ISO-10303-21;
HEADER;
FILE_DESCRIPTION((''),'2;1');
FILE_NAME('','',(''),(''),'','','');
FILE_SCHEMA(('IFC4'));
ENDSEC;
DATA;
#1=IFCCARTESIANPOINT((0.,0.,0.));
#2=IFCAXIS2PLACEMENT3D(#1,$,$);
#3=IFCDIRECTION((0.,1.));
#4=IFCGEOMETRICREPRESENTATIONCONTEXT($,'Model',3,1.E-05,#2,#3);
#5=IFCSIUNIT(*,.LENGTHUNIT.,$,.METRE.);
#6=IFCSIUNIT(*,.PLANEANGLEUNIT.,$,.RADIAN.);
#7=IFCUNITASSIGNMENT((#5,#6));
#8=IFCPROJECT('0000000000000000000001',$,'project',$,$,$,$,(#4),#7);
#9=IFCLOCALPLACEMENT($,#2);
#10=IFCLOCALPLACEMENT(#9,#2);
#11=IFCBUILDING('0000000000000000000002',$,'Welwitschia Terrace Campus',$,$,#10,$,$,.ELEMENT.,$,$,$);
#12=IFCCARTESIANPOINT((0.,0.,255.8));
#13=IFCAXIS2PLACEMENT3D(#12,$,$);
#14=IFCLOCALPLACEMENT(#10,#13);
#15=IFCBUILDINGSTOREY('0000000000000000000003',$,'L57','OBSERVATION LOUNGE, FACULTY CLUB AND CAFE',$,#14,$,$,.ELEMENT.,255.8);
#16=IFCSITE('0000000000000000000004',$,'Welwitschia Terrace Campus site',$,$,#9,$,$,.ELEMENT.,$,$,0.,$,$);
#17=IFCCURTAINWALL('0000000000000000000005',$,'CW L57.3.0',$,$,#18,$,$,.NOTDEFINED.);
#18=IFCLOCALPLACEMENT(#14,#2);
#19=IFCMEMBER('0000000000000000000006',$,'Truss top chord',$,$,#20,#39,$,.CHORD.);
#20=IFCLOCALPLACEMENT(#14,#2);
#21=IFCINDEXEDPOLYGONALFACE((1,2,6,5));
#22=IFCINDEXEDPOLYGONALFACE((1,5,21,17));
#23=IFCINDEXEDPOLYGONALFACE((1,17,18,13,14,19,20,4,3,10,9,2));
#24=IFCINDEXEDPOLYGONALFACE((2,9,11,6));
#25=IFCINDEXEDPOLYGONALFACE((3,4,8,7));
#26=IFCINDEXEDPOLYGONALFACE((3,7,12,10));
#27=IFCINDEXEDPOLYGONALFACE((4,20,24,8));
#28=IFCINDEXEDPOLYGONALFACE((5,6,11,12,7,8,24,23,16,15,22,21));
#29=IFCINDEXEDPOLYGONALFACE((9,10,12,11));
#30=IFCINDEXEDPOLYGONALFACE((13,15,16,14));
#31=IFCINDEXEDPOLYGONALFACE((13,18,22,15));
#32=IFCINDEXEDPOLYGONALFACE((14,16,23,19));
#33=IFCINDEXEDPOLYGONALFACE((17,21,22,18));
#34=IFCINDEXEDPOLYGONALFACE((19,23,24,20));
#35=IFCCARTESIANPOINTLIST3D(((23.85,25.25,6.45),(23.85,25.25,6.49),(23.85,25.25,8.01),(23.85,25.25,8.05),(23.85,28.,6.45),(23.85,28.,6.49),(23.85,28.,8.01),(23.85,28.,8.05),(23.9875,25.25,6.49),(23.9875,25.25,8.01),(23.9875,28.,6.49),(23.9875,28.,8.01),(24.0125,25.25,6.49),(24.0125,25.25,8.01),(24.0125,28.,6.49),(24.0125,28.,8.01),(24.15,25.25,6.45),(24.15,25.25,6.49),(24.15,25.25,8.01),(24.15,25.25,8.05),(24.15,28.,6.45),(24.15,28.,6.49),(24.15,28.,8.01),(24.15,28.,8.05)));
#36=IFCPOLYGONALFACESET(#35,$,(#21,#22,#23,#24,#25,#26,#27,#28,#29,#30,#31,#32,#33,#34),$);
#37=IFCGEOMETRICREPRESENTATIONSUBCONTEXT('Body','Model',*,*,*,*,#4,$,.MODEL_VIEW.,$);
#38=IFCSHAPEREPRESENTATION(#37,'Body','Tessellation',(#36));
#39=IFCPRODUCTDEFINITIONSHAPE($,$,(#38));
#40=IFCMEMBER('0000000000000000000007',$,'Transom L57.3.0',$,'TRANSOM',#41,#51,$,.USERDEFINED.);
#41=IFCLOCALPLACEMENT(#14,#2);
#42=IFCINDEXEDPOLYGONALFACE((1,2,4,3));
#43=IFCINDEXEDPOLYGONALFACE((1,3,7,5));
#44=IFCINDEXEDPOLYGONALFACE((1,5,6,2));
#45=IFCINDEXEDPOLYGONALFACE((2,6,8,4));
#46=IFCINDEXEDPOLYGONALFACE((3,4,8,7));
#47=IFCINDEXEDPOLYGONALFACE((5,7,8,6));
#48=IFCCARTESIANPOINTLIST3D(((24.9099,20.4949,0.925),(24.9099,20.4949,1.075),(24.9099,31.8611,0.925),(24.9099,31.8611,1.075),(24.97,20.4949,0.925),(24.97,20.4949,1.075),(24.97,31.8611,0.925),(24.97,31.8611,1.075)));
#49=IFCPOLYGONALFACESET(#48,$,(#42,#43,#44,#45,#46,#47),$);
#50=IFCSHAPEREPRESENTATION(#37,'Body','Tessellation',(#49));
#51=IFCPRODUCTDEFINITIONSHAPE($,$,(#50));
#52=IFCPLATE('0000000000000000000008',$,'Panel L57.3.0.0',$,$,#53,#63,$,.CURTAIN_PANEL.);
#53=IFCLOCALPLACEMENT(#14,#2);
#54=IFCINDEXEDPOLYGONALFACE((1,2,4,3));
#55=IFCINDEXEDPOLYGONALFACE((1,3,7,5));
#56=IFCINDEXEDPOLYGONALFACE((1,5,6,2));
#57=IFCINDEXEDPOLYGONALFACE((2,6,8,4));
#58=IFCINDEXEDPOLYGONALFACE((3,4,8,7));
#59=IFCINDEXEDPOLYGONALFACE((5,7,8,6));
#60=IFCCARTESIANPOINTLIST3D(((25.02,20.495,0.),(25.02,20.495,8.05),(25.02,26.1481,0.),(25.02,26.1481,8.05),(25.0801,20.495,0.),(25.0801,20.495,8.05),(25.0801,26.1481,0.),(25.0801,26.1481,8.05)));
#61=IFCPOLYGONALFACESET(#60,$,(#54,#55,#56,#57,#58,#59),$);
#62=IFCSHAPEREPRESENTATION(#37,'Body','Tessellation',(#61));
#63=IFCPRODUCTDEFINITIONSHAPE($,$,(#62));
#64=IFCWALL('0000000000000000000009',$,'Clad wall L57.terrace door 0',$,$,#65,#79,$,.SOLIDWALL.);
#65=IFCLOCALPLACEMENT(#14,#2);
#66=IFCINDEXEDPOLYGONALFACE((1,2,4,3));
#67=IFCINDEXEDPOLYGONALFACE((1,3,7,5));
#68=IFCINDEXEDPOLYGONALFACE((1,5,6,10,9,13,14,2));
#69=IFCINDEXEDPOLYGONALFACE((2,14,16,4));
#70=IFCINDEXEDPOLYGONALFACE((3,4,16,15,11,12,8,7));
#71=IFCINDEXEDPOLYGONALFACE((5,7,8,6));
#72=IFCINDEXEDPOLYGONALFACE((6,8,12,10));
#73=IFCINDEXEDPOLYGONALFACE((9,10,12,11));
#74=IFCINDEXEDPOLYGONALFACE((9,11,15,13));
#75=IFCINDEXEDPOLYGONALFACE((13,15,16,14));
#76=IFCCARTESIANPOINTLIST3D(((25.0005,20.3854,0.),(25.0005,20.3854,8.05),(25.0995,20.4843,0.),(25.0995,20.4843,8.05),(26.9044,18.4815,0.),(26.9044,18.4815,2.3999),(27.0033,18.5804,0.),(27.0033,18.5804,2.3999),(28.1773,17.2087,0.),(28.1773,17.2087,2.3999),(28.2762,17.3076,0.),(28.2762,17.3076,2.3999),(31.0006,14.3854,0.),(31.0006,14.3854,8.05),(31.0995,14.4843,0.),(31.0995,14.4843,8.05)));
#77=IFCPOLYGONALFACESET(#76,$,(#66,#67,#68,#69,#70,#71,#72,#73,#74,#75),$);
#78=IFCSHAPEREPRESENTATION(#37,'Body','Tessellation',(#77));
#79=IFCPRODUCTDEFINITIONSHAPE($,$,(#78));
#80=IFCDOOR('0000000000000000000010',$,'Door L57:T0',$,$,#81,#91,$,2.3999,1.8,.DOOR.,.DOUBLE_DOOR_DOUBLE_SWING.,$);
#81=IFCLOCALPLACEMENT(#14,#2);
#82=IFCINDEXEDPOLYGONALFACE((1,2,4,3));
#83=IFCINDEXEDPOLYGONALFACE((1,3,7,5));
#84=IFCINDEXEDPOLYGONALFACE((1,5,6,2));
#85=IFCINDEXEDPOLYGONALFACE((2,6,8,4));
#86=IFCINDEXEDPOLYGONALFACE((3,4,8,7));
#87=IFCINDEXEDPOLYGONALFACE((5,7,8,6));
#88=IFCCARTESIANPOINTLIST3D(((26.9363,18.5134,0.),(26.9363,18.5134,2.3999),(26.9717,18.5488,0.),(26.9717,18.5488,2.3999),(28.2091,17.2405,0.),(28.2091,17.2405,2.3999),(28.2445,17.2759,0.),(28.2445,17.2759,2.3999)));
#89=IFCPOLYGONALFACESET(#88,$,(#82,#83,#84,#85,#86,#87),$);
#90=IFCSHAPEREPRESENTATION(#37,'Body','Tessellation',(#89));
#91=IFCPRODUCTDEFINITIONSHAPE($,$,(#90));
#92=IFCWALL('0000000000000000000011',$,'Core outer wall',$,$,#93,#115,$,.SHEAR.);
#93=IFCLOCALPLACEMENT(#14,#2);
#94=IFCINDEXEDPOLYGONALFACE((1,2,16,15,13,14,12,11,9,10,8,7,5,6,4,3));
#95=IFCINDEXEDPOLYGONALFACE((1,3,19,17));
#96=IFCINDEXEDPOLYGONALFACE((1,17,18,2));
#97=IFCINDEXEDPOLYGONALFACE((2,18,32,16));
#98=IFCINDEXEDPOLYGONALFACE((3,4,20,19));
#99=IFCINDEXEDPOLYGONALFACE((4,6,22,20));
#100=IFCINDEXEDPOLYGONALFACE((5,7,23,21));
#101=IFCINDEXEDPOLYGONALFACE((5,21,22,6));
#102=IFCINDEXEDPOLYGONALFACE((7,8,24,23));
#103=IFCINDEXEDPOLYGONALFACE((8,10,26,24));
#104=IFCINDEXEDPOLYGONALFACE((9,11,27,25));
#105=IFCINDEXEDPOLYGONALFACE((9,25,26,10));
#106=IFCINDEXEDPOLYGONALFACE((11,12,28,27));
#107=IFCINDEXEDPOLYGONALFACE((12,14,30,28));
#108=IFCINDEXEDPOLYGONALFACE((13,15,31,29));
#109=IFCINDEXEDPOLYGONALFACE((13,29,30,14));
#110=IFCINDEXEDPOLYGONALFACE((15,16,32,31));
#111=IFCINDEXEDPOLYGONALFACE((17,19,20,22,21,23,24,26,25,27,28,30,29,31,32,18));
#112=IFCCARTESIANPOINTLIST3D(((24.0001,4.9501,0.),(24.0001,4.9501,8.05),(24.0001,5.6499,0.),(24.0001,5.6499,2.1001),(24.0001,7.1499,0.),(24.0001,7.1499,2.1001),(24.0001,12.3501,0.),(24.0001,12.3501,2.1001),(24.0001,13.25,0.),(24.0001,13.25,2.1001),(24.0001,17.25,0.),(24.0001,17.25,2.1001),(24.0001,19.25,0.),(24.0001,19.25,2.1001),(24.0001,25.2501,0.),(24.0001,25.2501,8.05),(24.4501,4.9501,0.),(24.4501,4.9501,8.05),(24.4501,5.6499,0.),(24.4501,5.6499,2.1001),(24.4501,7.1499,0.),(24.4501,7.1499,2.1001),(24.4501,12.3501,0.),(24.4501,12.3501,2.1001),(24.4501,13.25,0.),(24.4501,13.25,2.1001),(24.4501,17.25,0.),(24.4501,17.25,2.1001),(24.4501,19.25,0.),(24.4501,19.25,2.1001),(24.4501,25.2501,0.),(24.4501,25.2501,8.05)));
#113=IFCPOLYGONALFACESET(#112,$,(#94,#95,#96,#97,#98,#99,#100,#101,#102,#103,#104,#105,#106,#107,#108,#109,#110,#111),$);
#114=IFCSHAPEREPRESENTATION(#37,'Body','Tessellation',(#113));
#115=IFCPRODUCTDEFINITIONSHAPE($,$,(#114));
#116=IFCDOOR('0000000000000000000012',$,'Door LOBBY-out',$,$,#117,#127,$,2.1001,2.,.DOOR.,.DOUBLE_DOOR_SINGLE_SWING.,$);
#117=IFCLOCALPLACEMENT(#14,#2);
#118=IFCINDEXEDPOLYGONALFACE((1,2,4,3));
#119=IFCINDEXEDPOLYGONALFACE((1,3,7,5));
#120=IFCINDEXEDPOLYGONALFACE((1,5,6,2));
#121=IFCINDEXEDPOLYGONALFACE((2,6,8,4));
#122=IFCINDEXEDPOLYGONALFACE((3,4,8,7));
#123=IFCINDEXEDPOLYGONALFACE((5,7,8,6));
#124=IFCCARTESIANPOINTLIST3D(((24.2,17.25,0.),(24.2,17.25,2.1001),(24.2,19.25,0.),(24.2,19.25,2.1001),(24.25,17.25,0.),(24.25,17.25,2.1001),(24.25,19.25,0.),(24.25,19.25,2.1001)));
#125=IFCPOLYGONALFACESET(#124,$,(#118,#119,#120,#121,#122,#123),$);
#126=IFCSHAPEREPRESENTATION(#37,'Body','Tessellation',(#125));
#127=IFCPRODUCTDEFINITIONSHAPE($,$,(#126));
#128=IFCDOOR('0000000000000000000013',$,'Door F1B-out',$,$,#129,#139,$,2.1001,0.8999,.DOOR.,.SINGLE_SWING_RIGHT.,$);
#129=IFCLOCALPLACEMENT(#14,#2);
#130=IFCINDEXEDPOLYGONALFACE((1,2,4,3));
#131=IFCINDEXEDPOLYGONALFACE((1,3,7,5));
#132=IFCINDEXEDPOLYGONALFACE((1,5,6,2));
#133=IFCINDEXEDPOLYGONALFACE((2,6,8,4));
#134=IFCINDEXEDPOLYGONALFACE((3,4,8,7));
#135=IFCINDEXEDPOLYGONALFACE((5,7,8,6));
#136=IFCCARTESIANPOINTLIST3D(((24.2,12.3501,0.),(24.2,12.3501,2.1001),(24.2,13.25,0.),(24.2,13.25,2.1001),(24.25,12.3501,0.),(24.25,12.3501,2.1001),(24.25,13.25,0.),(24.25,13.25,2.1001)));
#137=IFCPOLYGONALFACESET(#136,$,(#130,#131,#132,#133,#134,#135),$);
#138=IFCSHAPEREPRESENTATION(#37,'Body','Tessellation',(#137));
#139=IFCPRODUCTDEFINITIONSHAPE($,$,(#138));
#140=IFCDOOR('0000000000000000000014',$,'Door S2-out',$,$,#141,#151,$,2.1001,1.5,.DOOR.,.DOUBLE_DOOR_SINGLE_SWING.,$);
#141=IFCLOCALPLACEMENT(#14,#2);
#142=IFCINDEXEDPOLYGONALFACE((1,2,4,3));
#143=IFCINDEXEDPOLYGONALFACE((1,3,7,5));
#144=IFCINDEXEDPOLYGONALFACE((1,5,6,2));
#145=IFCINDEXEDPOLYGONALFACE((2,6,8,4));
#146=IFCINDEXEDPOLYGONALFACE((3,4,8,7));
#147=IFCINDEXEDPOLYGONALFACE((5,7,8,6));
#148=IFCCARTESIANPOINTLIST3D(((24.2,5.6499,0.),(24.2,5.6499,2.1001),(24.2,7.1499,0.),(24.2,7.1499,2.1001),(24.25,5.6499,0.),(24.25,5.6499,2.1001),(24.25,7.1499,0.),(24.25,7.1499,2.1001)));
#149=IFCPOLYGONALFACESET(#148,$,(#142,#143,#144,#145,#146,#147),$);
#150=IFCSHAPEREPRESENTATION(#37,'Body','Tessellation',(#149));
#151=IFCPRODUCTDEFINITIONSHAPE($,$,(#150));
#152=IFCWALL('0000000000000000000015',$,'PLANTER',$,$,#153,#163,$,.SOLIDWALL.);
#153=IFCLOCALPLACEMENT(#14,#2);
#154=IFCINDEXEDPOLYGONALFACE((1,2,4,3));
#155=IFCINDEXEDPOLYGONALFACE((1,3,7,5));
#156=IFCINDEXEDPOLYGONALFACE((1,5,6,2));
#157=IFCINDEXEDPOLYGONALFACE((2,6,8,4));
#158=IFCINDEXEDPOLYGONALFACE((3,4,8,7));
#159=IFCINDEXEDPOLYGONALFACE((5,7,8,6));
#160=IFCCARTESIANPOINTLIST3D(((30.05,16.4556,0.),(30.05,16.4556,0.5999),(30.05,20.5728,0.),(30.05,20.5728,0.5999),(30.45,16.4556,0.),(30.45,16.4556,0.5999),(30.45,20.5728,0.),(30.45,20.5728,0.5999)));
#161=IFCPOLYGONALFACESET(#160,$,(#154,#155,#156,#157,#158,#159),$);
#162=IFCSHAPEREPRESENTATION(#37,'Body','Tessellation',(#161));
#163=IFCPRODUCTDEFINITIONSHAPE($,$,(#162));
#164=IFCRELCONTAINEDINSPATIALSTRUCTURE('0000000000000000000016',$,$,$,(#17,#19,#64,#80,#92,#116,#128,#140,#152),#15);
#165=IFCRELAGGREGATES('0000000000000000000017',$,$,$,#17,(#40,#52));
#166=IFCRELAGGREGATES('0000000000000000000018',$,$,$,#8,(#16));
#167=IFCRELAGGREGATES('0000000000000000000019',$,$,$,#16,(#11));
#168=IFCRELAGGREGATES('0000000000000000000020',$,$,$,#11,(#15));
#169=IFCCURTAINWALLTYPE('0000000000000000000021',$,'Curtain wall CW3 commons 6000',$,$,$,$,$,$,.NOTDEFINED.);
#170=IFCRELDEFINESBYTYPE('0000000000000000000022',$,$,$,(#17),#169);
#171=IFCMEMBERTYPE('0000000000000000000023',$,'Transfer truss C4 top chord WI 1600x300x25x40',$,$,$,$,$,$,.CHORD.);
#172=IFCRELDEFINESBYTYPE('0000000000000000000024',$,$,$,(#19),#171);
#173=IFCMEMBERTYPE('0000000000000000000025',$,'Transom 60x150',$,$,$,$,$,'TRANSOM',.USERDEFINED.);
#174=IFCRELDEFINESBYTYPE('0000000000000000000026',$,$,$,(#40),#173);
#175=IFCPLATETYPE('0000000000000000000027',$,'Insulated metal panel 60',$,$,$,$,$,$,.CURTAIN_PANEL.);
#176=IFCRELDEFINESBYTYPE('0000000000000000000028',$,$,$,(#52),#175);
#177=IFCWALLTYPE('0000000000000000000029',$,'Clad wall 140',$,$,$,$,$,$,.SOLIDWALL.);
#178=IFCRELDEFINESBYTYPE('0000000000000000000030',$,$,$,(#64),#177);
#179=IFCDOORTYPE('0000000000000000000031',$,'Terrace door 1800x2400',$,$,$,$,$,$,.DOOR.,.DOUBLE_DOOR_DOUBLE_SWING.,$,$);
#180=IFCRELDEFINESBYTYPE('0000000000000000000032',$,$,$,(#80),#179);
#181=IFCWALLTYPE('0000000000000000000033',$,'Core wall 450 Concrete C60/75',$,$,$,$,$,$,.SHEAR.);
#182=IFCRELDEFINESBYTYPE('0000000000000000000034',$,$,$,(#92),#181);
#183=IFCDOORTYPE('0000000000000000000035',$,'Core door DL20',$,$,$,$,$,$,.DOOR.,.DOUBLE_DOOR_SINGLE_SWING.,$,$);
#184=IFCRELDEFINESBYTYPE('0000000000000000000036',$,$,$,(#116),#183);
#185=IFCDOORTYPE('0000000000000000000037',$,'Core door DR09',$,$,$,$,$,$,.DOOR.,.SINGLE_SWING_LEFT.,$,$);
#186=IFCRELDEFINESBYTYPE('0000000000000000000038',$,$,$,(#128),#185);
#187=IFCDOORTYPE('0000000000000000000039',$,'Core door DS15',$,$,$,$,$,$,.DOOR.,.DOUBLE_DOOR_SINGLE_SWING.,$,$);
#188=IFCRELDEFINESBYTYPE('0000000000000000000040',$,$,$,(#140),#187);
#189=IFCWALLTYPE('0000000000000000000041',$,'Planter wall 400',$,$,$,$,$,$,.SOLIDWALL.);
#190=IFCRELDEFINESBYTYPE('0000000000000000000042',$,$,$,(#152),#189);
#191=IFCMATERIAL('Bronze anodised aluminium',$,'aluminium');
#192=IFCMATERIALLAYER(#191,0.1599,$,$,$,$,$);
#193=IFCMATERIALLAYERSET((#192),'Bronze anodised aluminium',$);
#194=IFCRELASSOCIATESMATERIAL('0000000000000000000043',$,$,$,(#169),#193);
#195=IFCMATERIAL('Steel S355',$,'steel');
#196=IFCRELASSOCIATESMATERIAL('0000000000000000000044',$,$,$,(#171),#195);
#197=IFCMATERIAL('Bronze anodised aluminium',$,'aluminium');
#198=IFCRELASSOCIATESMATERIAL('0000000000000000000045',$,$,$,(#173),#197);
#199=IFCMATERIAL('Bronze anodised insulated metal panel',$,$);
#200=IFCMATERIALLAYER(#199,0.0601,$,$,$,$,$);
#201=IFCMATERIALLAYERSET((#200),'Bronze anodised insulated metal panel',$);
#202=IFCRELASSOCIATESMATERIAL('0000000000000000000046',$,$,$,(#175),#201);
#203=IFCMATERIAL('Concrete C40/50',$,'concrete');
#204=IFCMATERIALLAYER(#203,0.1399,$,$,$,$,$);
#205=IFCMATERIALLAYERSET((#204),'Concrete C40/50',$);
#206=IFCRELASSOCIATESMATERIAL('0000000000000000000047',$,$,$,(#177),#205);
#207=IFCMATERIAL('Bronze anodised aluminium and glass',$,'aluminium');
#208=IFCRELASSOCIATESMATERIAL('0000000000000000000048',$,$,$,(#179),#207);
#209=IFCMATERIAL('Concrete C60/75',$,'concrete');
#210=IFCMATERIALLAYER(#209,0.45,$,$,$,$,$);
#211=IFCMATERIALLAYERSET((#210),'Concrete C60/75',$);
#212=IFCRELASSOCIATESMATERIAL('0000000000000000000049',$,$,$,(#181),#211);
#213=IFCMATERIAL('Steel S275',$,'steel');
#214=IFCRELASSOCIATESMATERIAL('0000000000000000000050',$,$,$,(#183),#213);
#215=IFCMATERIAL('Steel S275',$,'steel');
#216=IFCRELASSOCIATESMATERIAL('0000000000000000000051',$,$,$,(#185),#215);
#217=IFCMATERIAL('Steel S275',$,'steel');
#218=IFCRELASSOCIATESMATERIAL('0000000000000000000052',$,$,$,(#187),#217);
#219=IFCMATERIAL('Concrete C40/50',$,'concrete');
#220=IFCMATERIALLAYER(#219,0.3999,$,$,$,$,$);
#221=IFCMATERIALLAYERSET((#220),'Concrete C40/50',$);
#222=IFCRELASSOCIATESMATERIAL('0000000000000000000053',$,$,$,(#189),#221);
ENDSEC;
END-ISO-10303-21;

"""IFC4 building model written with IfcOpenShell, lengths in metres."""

from ifc_helpers import new_model, si_unit, direction, frame, frame_2d, origin, origin_2d, place, context, subcontext, project, spatial, rectangle, i_section, extrude, material, layer, layer_set, material_profile, profile_set, type_object, element, fill, aggregate, save


model = new_model("IFC4")

# Units and contexts
model_context = context("Model", 3, precision=1e-05, world=origin(), true_north=direction((0.0, 1.0)))
body_context = subcontext(model_context, "Body", "Model", "MODEL_VIEW")
ifc_project = project(units=[si_unit("LENGTHUNIT", "METRE"), si_unit("PLANEANGLEUNIT", "RADIAN")], contexts=[model_context])

# Site, building, storey
site_placement = place(None, origin())
site = spatial("IfcSite", under=ifc_project, at=site_placement, Name="Welwitschia Terrace Campus site", CompositionType="ELEMENT", RefElevation=0.0)
building_placement = place(site_placement, origin())
building = spatial("IfcBuilding", under=site, at=building_placement, Name="Welwitschia Terrace Campus", CompositionType="ELEMENT")
storey_placement = place(building_placement, frame((0.0, 0.0, 255.8)))
storey = spatial("IfcBuildingStorey", under=building, at=storey_placement, Name="L57", Description="OBSERVATION LOUNGE, FACULTY CLUB AND CAFE", CompositionType="ELEMENT", Elevation=255.8)

# Shared definitions
ifc_material_1 = material(Name="Bronze anodised aluminium", Category="aluminium")
ifc_layer_1 = layer(ifc_material_1, 0.1599)
ifc_layer_set_1 = layer_set([ifc_layer_1], Name="Bronze anodised aluminium")
curtain_wall_type = type_object("IfcCurtainWallType", Name="Curtain wall CW3 commons 6000", PredefinedType="NOTDEFINED", material=ifc_layer_set_1)

# Curtain wall
curtain_wall_1_placement = place(storey_placement, origin())
curtain_wall_1 = element("IfcCurtainWall", 1, at=curtain_wall_1_placement, inside=storey, type_object=curtain_wall_type, Name="CW L57.3.0", PredefinedType="NOTDEFINED")

# Member
ifc_material_2 = material(Name="Steel S355", Category="steel")
ifc_material_profile_1 = material_profile(ifc_material_2, i_section(OverallWidth=0.3, OverallDepth=1.6001, WebThickness=0.0249, FlangeThickness=0.04, at=origin_2d()))
ifc_profile_set_1 = profile_set([ifc_material_profile_1], Name="Steel S355")
member_type_1 = type_object("IfcMemberType", Name="Transfer truss C4 top chord WI 1600x300x25x40", PredefinedType="CHORD", material=ifc_profile_set_1)
member_1_placement = place(storey_placement, frame((24.0, 25.25, 7.25), z_axis=(0.0, 1.0, 0.0), x_axis=(-1.0, 0.0, 0.0)))
element("IfcMember", 2, at=member_1_placement, inside=storey, type_object=member_type_1, Name="Truss top chord", PredefinedType="CHORD", context=body_context, shape_type="SweptSolid", body=[
    extrude(i_section(OverallWidth=0.3, OverallDepth=1.6001, WebThickness=0.0249, FlangeThickness=0.04, at=origin_2d()), origin(), (0.0, 0.0, 1.0), 2.75),
])

# Member
ifc_material_3 = material(Name="Bronze anodised aluminium", Category="aluminium")
ifc_material_profile_2 = material_profile(ifc_material_3, rectangle(XDim=0.0601, YDim=0.1499, at=origin_2d()))
ifc_profile_set_2 = profile_set([ifc_material_profile_2], Name="Bronze anodised aluminium")
member_type_2 = type_object("IfcMemberType", Name="Transom 60x150", ElementType="TRANSOM", PredefinedType="USERDEFINED", material=ifc_profile_set_2)
member_2_placement = place(storey_placement, frame((24.9399, 20.4949, 1.0), z_axis=(0.0, 1.0, 0.0), x_axis=(-1.0, 0.0, 0.0)))
member_2 = element("IfcMember", 3, at=member_2_placement, type_object=member_type_2, Name="Transom L57.3.0", ObjectType="TRANSOM", PredefinedType="USERDEFINED", context=body_context, shape_type="SweptSolid", body=[
    extrude(rectangle(XDim=0.0601, YDim=0.1499, at=origin_2d()), origin(), (0.0, 0.0, 1.0), 11.3662),
])

# Plate
ifc_material_4 = material(Name="Bronze anodised insulated metal panel")
ifc_layer_2 = layer(ifc_material_4, 0.0601)
ifc_layer_set_2 = layer_set([ifc_layer_2], Name="Bronze anodised insulated metal panel")
plate_type = type_object("IfcPlateType", Name="Insulated metal panel 60", PredefinedType="CURTAIN_PANEL", material=ifc_layer_set_2)
plate_placement = place(storey_placement, frame((25.05, 23.3215, 0.0), z_axis=(0.0, 0.0, 1.0), x_axis=(0.0, 1.0, 0.0)))
plate = element("IfcPlate", 4, at=plate_placement, type_object=plate_type, Name="Panel L57.3.0.0", PredefinedType="CURTAIN_PANEL", context=body_context, shape_type="SweptSolid", body=[
    extrude(rectangle(XDim=5.6531, YDim=0.0601, at=origin_2d()), origin(), (0.0, 0.0, 1.0), 8.05),
])
aggregate(curtain_wall_1, [member_2, plate])

# Wall, opening, door
ifc_material_5 = material(Name="Concrete C40/50", Category="concrete")
ifc_layer_3 = layer(ifc_material_5, 0.1399)
ifc_layer_set_3 = layer_set([ifc_layer_3], Name="Concrete C40/50")
wall_type_1 = type_object("IfcWallType", Name="Clad wall 140", PredefinedType="SOLIDWALL", material=ifc_layer_set_3)
wall_1_placement = place(storey_placement, frame((31.05, 14.4348, 0.0), z_axis=(0.0, 0.0, 1.0), x_axis=(-0.707107, 0.707107, 0.0)))
wall_1 = element("IfcWall", 5, at=wall_1_placement, inside=storey, type_object=wall_type_1, Name="Clad wall L57.terrace door 0", PredefinedType="SOLIDWALL", context=body_context, shape_type="SweptSolid", body=[
    extrude(rectangle(XDim=8.4854, YDim=0.1399, at=frame_2d((4.2427, 0.0))), origin(), (0.0, 0.0, 1.0), 8.05),
])
opening_1_placement = place(wall_1_placement, frame((3.9929, 0.0, 0.0)))
opening_1 = element("IfcOpeningElement", 6, at=opening_1_placement, cuts=wall_1, PredefinedType="OPENING", context=body_context, shape_type="SweptSolid", body=[
    extrude(rectangle(XDim=1.8, YDim=2.3999, at=frame_2d((0.8999, 1.2))), frame((0.0, 0.0798, 0.0), z_axis=(0.0, -1.0, 0.0), x_axis=(1.0, 0.0, 0.0)), (0.0, 0.0, 1.0), 0.1599),
])
ifc_material_6 = material(Name="Bronze anodised aluminium and glass", Category="aluminium")
door_type_1 = type_object("IfcDoorType", Name="Terrace door 1800x2400", OperationType="DOUBLE_DOOR_DOUBLE_SWING", PredefinedType="DOOR", material=ifc_material_6)
door_1_placement = place(opening_1_placement, origin())
door_1 = element("IfcDoor", 7, at=door_1_placement, inside=storey, type_object=door_type_1, Name="Door L57:T0", OperationType="DOUBLE_DOOR_DOUBLE_SWING", OverallHeight=2.3999, OverallWidth=1.8, PredefinedType="DOOR", context=body_context, shape_type="SweptSolid", body=[
    extrude(rectangle(XDim=1.8, YDim=2.3999, at=frame_2d((0.8999, 1.2))), frame((0.0, 0.0249, 0.0), z_axis=(0.0, -1.0, 0.0), x_axis=(1.0, 0.0, 0.0)), (0.0, 0.0, 1.0), 0.05),
])
fill(opening_1, door_1)

# Wall, openings, doors
ifc_material_7 = material(Name="Concrete C60/75", Category="concrete")
ifc_layer_4 = layer(ifc_material_7, 0.45)
ifc_layer_set_4 = layer_set([ifc_layer_4], Name="Concrete C60/75")
wall_type_2 = type_object("IfcWallType", Name="Core wall 450 Concrete C60/75", PredefinedType="SHEAR", material=ifc_layer_set_4)
wall_2_placement = place(storey_placement, frame((24.2251, 25.25, 0.0), z_axis=(0.0, 0.0, 1.0), x_axis=(0.0, -1.0, 0.0)))
wall_2 = element("IfcWall", 8, at=wall_2_placement, inside=storey, type_object=wall_type_2, Name="Core outer wall", PredefinedType="SHEAR", context=body_context, shape_type="SweptSolid", body=[
    extrude(rectangle(XDim=20.3, YDim=0.45, at=frame_2d((10.1499, 0.0))), origin(), (0.0, 0.0, 1.0), 8.05),
])
opening_2_placement = place(wall_2_placement, frame((18.1001, 0.0, 0.0)))
opening_2 = element("IfcOpeningElement", 9, at=opening_2_placement, cuts=wall_2, PredefinedType="OPENING", context=body_context, shape_type="SweptSolid", body=[
    extrude(rectangle(XDim=1.5, YDim=2.1001, at=frame_2d((0.75, 1.05))), frame((0.0, 0.2349, 0.0), z_axis=(0.0, -1.0, 0.0), x_axis=(1.0, 0.0, 0.0)), (0.0, 0.0, 1.0), 0.47),
])
opening_3_placement = place(wall_2_placement, frame((12.0, 0.0, 0.0)))
opening_3 = element("IfcOpeningElement", 10, at=opening_3_placement, cuts=wall_2, PredefinedType="OPENING", context=body_context, shape_type="SweptSolid", body=[
    extrude(rectangle(XDim=0.8999, YDim=2.1001, at=frame_2d((0.45, 1.05))), frame((0.0, 0.2349, 0.0), z_axis=(0.0, -1.0, 0.0), x_axis=(1.0, 0.0, 0.0)), (0.0, 0.0, 1.0), 0.47),
])
opening_4_placement = place(wall_2_placement, frame((6.0, 0.0, 0.0)))
opening_4 = element("IfcOpeningElement", 11, at=opening_4_placement, cuts=wall_2, PredefinedType="OPENING", context=body_context, shape_type="SweptSolid", body=[
    extrude(rectangle(XDim=2.0, YDim=2.1001, at=frame_2d((1.0, 1.05))), frame((0.0, 0.2349, 0.0), z_axis=(0.0, -1.0, 0.0), x_axis=(1.0, 0.0, 0.0)), (0.0, 0.0, 1.0), 0.47),
])
ifc_material_8 = material(Name="Steel S275", Category="steel")
door_type_2 = type_object("IfcDoorType", Name="Core door DL20", OperationType="DOUBLE_DOOR_SINGLE_SWING", PredefinedType="DOOR", material=ifc_material_8)
door_2_placement = place(opening_4_placement, origin())
door_2 = element("IfcDoor", 12, at=door_2_placement, inside=storey, type_object=door_type_2, Name="Door LOBBY-out", OperationType="DOUBLE_DOOR_SINGLE_SWING", OverallHeight=2.1001, OverallWidth=2.0, PredefinedType="DOOR", context=body_context, shape_type="SweptSolid", body=[
    extrude(rectangle(XDim=2.0, YDim=2.1001, at=frame_2d((1.0, 1.05))), frame((0.0, 0.0249, 0.0), z_axis=(0.0, -1.0, 0.0), x_axis=(1.0, 0.0, 0.0)), (0.0, 0.0, 1.0), 0.05),
])
fill(opening_4, door_2)
ifc_material_9 = material(Name="Steel S275", Category="steel")
door_type_3 = type_object("IfcDoorType", Name="Core door DR09", OperationType="SINGLE_SWING_LEFT", PredefinedType="DOOR", material=ifc_material_9)
door_3_placement = place(opening_3_placement, origin())
door_3 = element("IfcDoor", 13, at=door_3_placement, inside=storey, type_object=door_type_3, Name="Door F1B-out", OperationType="SINGLE_SWING_RIGHT", OverallHeight=2.1001, OverallWidth=0.8999, PredefinedType="DOOR", context=body_context, shape_type="SweptSolid", body=[
    extrude(rectangle(XDim=0.8999, YDim=2.1001, at=frame_2d((0.45, 1.05))), frame((0.0, 0.0249, 0.0), z_axis=(0.0, -1.0, 0.0), x_axis=(1.0, 0.0, 0.0)), (0.0, 0.0, 1.0), 0.05),
])
fill(opening_3, door_3)
ifc_material_10 = material(Name="Steel S275", Category="steel")
door_type_4 = type_object("IfcDoorType", Name="Core door DS15", OperationType="DOUBLE_DOOR_SINGLE_SWING", PredefinedType="DOOR", material=ifc_material_10)
door_4_placement = place(opening_2_placement, origin())
door_4 = element("IfcDoor", 14, at=door_4_placement, inside=storey, type_object=door_type_4, Name="Door S2-out", OperationType="DOUBLE_DOOR_SINGLE_SWING", OverallHeight=2.1001, OverallWidth=1.5, PredefinedType="DOOR", context=body_context, shape_type="SweptSolid", body=[
    extrude(rectangle(XDim=1.5, YDim=2.1001, at=frame_2d((0.75, 1.05))), frame((0.0, 0.0249, 0.0), z_axis=(0.0, -1.0, 0.0), x_axis=(1.0, 0.0, 0.0)), (0.0, 0.0, 1.0), 0.05),
])
fill(opening_2, door_4)

# Wall
ifc_material_11 = material(Name="Concrete C40/50", Category="concrete")
ifc_layer_5 = layer(ifc_material_11, 0.3999)
ifc_layer_set_5 = layer_set([ifc_layer_5], Name="Concrete C40/50")
wall_type_3 = type_object("IfcWallType", Name="Planter wall 400", PredefinedType="SOLIDWALL", material=ifc_layer_set_5)
wall_3_placement = place(storey_placement, frame((30.25, 20.5728, 0.0), z_axis=(0.0, 0.0, 1.0), x_axis=(0.0, -1.0, 0.0)))
element("IfcWall", 15, at=wall_3_placement, inside=storey, type_object=wall_type_3, Name="PLANTER", PredefinedType="SOLIDWALL", context=body_context, shape_type="SweptSolid", body=[
    extrude(rectangle(XDim=4.1172, YDim=0.3999, at=frame_2d((2.0586, 0.0))), origin(), (0.0, 0.0, 1.0), 0.5999),
])

save(model, "model.ifc")
